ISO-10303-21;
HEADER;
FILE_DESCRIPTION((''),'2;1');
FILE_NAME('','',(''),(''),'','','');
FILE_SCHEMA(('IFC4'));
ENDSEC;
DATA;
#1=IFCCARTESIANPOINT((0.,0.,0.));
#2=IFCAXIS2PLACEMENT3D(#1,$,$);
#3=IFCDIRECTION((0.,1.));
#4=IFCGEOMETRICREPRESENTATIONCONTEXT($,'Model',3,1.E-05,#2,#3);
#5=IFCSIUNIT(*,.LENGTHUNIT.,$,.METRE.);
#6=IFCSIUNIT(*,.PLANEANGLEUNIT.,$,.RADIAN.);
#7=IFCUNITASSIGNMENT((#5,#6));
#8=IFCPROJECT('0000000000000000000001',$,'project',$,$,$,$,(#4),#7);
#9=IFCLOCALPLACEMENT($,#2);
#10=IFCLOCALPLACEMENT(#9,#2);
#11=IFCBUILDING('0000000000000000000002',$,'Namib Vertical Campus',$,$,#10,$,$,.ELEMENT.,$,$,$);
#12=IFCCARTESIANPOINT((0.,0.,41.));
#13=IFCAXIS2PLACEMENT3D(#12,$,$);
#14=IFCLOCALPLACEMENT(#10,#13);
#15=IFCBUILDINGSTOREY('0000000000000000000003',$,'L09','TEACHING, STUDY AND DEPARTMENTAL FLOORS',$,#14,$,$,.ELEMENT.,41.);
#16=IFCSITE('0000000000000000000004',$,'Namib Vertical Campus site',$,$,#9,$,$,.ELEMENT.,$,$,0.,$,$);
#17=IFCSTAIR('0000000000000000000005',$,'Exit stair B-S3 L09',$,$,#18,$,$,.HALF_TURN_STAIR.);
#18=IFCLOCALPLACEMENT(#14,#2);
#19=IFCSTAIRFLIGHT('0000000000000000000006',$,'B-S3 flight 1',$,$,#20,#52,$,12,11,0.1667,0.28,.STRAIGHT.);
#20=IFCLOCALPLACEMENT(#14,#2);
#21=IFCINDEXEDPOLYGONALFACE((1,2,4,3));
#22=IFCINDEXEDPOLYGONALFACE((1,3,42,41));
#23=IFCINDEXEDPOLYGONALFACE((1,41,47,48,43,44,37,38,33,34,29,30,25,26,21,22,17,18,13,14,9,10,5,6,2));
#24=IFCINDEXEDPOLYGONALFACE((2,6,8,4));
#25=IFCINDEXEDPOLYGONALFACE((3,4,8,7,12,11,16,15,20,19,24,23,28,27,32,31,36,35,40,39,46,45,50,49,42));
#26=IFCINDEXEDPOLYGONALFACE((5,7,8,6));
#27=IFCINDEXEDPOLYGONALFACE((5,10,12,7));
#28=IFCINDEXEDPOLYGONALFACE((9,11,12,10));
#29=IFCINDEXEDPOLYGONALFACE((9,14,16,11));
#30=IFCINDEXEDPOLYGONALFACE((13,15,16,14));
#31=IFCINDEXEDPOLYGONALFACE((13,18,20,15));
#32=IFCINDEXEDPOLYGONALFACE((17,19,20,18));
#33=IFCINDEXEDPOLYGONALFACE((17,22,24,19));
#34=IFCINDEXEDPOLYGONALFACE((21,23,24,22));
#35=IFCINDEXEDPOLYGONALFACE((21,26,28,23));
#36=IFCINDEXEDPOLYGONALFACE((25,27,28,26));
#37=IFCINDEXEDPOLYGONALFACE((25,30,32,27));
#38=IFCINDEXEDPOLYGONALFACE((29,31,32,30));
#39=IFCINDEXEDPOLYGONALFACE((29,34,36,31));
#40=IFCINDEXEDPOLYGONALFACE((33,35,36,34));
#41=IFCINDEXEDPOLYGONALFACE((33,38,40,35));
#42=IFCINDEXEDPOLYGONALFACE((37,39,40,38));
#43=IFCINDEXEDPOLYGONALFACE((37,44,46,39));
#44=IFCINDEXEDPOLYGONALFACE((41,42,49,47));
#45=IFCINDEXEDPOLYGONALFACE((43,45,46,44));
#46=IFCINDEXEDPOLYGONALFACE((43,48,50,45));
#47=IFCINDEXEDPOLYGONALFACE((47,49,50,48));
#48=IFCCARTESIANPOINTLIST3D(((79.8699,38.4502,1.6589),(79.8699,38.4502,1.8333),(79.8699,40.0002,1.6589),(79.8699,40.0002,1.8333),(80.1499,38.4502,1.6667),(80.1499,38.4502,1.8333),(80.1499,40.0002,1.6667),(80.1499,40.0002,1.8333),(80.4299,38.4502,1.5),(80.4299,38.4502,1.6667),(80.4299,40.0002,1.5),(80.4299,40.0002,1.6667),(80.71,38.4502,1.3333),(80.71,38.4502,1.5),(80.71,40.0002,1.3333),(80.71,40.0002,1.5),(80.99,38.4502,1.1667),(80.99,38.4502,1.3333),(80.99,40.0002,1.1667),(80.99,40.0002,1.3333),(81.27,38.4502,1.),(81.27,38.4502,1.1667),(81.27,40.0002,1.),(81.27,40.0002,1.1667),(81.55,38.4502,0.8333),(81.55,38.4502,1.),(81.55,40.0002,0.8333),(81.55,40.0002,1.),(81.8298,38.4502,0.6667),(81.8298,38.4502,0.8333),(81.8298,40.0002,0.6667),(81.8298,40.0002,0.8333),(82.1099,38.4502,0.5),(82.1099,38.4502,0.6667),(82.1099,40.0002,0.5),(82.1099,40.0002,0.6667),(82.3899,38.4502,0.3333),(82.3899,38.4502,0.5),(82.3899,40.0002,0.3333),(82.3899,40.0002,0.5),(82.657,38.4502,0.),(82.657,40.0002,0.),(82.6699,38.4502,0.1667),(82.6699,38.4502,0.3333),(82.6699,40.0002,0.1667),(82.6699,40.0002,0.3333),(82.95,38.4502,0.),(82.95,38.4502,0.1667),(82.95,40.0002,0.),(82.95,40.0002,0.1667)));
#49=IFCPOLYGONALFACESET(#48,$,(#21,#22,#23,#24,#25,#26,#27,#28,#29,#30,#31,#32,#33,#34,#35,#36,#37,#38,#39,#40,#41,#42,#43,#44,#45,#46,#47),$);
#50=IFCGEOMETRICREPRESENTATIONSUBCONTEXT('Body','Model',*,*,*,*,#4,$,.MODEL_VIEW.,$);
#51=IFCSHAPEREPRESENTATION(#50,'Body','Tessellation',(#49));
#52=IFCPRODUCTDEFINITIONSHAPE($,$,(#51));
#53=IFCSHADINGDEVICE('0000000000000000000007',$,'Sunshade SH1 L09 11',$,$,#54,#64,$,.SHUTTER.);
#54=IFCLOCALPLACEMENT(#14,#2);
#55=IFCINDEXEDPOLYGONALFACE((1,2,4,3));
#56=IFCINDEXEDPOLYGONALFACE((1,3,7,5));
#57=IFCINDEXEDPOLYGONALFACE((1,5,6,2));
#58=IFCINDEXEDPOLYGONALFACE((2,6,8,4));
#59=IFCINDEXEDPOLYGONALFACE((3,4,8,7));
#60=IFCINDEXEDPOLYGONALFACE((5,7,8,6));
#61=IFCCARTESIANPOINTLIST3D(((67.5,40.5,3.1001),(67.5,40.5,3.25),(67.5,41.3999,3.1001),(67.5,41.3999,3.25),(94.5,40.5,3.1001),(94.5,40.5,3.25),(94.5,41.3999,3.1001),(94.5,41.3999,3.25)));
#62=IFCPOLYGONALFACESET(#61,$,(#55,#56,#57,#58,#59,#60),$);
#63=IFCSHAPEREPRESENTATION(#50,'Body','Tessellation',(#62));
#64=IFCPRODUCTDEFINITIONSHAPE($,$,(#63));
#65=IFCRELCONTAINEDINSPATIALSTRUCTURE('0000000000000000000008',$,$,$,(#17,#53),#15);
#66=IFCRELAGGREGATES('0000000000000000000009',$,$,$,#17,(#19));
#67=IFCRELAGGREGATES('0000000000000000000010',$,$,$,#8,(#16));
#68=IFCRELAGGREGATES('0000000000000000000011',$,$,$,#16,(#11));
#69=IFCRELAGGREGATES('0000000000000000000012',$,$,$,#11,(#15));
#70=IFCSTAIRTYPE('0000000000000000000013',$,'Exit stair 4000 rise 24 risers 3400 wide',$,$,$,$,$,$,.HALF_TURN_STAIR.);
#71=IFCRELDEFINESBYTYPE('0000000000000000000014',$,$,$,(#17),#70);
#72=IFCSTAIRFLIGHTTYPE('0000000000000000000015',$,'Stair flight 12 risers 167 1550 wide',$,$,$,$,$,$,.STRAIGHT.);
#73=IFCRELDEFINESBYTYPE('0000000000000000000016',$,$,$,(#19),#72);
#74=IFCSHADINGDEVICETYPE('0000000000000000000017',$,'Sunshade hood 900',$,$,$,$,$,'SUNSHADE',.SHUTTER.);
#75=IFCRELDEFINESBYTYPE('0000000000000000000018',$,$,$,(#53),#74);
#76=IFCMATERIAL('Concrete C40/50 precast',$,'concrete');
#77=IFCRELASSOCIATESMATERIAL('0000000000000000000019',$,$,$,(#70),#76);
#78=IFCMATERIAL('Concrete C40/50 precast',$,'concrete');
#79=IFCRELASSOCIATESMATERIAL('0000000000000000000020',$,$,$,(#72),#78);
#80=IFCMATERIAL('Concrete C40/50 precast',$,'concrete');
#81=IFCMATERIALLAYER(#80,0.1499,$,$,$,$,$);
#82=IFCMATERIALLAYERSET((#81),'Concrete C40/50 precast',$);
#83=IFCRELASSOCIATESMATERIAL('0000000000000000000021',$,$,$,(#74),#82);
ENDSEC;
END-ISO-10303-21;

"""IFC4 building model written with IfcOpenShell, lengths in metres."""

from ifc_helpers import new_model, si_unit, direction, frame, origin, origin_2d, place, context, subcontext, project, spatial, polyline, rectangle, outline, extrude, material, layer, layer_set, type_object, element, aggregate, save


model = new_model("IFC4")

# Units and contexts
model_context = context("Model", 3, precision=1e-05, world=origin(), true_north=direction((0.0, 1.0)))
body_context = subcontext(model_context, "Body", "Model", "MODEL_VIEW")
ifc_project = project(units=[si_unit("LENGTHUNIT", "METRE"), si_unit("PLANEANGLEUNIT", "RADIAN")], contexts=[model_context])

# Site, building, storey
site_placement = place(None, origin())
site = spatial("IfcSite", under=ifc_project, at=site_placement, Name="Namib Vertical Campus site", CompositionType="ELEMENT", RefElevation=0.0)
building_placement = place(site_placement, origin())
building = spatial("IfcBuilding", under=site, at=building_placement, Name="Namib Vertical Campus", CompositionType="ELEMENT")
storey_placement = place(building_placement, frame((0.0, 0.0, 41.0)))
storey = spatial("IfcBuildingStorey", under=building, at=storey_placement, Name="L09", Description="TEACHING, STUDY AND DEPARTMENTAL FLOORS", CompositionType="ELEMENT", Elevation=41.0)

# Shared definitions
ifc_material_1 = material(Name="Concrete C40/50 precast", Category="concrete")
stair_type = type_object("IfcStairType", Name="Exit stair 4000 rise 24 risers 3400 wide", PredefinedType="HALF_TURN_STAIR", material=ifc_material_1)
ifc_material_2 = material(Name="Concrete C40/50 precast", Category="concrete")
stair_flight_type = type_object("IfcStairFlightType", Name="Stair flight 12 risers 167 1550 wide", PredefinedType="STRAIGHT", material=ifc_material_2)

# Stair, stair flight
stair_1_placement = place(storey_placement, origin())
stair_1 = element("IfcStair", 1, at=stair_1_placement, inside=storey, type_object=stair_type, Name="Exit stair B-S3 L09", PredefinedType="HALF_TURN_STAIR")
stair_flight_1_placement = place(storey_placement, frame((82.95, 39.2251, 0.0), z_axis=(0.0, 0.0, 1.0), x_axis=(-1.0, 0.0, 0.0)))
stair_flight_1 = element("IfcStairFlight", 2, at=stair_flight_1_placement, type_object=stair_flight_type, Name="B-S3 flight 1", NumberOfRisers=12, NumberOfTreads=11, PredefinedType="STRAIGHT", RiserHeight=0.1667, TreadLength=0.28, context=body_context, shape_type="SweptSolid", body=[
    extrude(outline(polyline([(0.0, 0.0), (0.0, 0.1667), (0.28, 0.1667), (0.28, 0.3333), (0.5601, 0.3333), (0.5601, 0.5), (0.8401, 0.5), (0.8401, 0.6667), (1.1201, 0.6667), (1.1201, 0.8333), (1.3999, 0.8333), (1.3999, 1.0), (1.6799, 1.0), (1.6799, 1.1667), (1.96, 1.1667), (1.96, 1.3333), (2.24, 1.3333), (2.24, 1.5), (2.52, 1.5), (2.52, 1.6667), (2.8, 1.6667), (2.8, 1.8333), (3.0801, 1.8333), (3.0801, 2.0), (3.0801, 1.6589), (0.293, 0.0), (0.0, 0.0)])), frame((0.0, 0.7749, 0.0), z_axis=(0.0, -1.0, 0.0), x_axis=(1.0, 0.0, 0.0)), (0.0, 0.0, 1.0), 1.55),
])
aggregate(stair_1, [stair_flight_1])

# Shading device
ifc_material_3 = material(Name="Concrete C40/50 precast", Category="concrete")
ifc_layer_1 = layer(ifc_material_3, 0.1499)
ifc_layer_set_1 = layer_set([ifc_layer_1], Name="Concrete C40/50 precast")
shading_device_type = type_object("IfcShadingDeviceType", Name="Sunshade hood 900", ElementType="SUNSHADE", PredefinedType="SHUTTER", material=ifc_layer_set_1)
shading_device_placement = place(storey_placement, frame((81.0, 40.95, 3.1001), z_axis=(0.0, 0.0, 1.0), x_axis=(-1.0, 0.0, 0.0)))
element("IfcShadingDevice", 3, at=shading_device_placement, inside=storey, type_object=shading_device_type, Name="Sunshade SH1 L09 11", PredefinedType="SHUTTER", context=body_context, shape_type="SweptSolid", body=[
    extrude(rectangle(XDim=27.0, YDim=0.8999, at=origin_2d()), origin(), (0.0, 0.0, 1.0), 0.1499),
])

save(model, "model.ifc")
